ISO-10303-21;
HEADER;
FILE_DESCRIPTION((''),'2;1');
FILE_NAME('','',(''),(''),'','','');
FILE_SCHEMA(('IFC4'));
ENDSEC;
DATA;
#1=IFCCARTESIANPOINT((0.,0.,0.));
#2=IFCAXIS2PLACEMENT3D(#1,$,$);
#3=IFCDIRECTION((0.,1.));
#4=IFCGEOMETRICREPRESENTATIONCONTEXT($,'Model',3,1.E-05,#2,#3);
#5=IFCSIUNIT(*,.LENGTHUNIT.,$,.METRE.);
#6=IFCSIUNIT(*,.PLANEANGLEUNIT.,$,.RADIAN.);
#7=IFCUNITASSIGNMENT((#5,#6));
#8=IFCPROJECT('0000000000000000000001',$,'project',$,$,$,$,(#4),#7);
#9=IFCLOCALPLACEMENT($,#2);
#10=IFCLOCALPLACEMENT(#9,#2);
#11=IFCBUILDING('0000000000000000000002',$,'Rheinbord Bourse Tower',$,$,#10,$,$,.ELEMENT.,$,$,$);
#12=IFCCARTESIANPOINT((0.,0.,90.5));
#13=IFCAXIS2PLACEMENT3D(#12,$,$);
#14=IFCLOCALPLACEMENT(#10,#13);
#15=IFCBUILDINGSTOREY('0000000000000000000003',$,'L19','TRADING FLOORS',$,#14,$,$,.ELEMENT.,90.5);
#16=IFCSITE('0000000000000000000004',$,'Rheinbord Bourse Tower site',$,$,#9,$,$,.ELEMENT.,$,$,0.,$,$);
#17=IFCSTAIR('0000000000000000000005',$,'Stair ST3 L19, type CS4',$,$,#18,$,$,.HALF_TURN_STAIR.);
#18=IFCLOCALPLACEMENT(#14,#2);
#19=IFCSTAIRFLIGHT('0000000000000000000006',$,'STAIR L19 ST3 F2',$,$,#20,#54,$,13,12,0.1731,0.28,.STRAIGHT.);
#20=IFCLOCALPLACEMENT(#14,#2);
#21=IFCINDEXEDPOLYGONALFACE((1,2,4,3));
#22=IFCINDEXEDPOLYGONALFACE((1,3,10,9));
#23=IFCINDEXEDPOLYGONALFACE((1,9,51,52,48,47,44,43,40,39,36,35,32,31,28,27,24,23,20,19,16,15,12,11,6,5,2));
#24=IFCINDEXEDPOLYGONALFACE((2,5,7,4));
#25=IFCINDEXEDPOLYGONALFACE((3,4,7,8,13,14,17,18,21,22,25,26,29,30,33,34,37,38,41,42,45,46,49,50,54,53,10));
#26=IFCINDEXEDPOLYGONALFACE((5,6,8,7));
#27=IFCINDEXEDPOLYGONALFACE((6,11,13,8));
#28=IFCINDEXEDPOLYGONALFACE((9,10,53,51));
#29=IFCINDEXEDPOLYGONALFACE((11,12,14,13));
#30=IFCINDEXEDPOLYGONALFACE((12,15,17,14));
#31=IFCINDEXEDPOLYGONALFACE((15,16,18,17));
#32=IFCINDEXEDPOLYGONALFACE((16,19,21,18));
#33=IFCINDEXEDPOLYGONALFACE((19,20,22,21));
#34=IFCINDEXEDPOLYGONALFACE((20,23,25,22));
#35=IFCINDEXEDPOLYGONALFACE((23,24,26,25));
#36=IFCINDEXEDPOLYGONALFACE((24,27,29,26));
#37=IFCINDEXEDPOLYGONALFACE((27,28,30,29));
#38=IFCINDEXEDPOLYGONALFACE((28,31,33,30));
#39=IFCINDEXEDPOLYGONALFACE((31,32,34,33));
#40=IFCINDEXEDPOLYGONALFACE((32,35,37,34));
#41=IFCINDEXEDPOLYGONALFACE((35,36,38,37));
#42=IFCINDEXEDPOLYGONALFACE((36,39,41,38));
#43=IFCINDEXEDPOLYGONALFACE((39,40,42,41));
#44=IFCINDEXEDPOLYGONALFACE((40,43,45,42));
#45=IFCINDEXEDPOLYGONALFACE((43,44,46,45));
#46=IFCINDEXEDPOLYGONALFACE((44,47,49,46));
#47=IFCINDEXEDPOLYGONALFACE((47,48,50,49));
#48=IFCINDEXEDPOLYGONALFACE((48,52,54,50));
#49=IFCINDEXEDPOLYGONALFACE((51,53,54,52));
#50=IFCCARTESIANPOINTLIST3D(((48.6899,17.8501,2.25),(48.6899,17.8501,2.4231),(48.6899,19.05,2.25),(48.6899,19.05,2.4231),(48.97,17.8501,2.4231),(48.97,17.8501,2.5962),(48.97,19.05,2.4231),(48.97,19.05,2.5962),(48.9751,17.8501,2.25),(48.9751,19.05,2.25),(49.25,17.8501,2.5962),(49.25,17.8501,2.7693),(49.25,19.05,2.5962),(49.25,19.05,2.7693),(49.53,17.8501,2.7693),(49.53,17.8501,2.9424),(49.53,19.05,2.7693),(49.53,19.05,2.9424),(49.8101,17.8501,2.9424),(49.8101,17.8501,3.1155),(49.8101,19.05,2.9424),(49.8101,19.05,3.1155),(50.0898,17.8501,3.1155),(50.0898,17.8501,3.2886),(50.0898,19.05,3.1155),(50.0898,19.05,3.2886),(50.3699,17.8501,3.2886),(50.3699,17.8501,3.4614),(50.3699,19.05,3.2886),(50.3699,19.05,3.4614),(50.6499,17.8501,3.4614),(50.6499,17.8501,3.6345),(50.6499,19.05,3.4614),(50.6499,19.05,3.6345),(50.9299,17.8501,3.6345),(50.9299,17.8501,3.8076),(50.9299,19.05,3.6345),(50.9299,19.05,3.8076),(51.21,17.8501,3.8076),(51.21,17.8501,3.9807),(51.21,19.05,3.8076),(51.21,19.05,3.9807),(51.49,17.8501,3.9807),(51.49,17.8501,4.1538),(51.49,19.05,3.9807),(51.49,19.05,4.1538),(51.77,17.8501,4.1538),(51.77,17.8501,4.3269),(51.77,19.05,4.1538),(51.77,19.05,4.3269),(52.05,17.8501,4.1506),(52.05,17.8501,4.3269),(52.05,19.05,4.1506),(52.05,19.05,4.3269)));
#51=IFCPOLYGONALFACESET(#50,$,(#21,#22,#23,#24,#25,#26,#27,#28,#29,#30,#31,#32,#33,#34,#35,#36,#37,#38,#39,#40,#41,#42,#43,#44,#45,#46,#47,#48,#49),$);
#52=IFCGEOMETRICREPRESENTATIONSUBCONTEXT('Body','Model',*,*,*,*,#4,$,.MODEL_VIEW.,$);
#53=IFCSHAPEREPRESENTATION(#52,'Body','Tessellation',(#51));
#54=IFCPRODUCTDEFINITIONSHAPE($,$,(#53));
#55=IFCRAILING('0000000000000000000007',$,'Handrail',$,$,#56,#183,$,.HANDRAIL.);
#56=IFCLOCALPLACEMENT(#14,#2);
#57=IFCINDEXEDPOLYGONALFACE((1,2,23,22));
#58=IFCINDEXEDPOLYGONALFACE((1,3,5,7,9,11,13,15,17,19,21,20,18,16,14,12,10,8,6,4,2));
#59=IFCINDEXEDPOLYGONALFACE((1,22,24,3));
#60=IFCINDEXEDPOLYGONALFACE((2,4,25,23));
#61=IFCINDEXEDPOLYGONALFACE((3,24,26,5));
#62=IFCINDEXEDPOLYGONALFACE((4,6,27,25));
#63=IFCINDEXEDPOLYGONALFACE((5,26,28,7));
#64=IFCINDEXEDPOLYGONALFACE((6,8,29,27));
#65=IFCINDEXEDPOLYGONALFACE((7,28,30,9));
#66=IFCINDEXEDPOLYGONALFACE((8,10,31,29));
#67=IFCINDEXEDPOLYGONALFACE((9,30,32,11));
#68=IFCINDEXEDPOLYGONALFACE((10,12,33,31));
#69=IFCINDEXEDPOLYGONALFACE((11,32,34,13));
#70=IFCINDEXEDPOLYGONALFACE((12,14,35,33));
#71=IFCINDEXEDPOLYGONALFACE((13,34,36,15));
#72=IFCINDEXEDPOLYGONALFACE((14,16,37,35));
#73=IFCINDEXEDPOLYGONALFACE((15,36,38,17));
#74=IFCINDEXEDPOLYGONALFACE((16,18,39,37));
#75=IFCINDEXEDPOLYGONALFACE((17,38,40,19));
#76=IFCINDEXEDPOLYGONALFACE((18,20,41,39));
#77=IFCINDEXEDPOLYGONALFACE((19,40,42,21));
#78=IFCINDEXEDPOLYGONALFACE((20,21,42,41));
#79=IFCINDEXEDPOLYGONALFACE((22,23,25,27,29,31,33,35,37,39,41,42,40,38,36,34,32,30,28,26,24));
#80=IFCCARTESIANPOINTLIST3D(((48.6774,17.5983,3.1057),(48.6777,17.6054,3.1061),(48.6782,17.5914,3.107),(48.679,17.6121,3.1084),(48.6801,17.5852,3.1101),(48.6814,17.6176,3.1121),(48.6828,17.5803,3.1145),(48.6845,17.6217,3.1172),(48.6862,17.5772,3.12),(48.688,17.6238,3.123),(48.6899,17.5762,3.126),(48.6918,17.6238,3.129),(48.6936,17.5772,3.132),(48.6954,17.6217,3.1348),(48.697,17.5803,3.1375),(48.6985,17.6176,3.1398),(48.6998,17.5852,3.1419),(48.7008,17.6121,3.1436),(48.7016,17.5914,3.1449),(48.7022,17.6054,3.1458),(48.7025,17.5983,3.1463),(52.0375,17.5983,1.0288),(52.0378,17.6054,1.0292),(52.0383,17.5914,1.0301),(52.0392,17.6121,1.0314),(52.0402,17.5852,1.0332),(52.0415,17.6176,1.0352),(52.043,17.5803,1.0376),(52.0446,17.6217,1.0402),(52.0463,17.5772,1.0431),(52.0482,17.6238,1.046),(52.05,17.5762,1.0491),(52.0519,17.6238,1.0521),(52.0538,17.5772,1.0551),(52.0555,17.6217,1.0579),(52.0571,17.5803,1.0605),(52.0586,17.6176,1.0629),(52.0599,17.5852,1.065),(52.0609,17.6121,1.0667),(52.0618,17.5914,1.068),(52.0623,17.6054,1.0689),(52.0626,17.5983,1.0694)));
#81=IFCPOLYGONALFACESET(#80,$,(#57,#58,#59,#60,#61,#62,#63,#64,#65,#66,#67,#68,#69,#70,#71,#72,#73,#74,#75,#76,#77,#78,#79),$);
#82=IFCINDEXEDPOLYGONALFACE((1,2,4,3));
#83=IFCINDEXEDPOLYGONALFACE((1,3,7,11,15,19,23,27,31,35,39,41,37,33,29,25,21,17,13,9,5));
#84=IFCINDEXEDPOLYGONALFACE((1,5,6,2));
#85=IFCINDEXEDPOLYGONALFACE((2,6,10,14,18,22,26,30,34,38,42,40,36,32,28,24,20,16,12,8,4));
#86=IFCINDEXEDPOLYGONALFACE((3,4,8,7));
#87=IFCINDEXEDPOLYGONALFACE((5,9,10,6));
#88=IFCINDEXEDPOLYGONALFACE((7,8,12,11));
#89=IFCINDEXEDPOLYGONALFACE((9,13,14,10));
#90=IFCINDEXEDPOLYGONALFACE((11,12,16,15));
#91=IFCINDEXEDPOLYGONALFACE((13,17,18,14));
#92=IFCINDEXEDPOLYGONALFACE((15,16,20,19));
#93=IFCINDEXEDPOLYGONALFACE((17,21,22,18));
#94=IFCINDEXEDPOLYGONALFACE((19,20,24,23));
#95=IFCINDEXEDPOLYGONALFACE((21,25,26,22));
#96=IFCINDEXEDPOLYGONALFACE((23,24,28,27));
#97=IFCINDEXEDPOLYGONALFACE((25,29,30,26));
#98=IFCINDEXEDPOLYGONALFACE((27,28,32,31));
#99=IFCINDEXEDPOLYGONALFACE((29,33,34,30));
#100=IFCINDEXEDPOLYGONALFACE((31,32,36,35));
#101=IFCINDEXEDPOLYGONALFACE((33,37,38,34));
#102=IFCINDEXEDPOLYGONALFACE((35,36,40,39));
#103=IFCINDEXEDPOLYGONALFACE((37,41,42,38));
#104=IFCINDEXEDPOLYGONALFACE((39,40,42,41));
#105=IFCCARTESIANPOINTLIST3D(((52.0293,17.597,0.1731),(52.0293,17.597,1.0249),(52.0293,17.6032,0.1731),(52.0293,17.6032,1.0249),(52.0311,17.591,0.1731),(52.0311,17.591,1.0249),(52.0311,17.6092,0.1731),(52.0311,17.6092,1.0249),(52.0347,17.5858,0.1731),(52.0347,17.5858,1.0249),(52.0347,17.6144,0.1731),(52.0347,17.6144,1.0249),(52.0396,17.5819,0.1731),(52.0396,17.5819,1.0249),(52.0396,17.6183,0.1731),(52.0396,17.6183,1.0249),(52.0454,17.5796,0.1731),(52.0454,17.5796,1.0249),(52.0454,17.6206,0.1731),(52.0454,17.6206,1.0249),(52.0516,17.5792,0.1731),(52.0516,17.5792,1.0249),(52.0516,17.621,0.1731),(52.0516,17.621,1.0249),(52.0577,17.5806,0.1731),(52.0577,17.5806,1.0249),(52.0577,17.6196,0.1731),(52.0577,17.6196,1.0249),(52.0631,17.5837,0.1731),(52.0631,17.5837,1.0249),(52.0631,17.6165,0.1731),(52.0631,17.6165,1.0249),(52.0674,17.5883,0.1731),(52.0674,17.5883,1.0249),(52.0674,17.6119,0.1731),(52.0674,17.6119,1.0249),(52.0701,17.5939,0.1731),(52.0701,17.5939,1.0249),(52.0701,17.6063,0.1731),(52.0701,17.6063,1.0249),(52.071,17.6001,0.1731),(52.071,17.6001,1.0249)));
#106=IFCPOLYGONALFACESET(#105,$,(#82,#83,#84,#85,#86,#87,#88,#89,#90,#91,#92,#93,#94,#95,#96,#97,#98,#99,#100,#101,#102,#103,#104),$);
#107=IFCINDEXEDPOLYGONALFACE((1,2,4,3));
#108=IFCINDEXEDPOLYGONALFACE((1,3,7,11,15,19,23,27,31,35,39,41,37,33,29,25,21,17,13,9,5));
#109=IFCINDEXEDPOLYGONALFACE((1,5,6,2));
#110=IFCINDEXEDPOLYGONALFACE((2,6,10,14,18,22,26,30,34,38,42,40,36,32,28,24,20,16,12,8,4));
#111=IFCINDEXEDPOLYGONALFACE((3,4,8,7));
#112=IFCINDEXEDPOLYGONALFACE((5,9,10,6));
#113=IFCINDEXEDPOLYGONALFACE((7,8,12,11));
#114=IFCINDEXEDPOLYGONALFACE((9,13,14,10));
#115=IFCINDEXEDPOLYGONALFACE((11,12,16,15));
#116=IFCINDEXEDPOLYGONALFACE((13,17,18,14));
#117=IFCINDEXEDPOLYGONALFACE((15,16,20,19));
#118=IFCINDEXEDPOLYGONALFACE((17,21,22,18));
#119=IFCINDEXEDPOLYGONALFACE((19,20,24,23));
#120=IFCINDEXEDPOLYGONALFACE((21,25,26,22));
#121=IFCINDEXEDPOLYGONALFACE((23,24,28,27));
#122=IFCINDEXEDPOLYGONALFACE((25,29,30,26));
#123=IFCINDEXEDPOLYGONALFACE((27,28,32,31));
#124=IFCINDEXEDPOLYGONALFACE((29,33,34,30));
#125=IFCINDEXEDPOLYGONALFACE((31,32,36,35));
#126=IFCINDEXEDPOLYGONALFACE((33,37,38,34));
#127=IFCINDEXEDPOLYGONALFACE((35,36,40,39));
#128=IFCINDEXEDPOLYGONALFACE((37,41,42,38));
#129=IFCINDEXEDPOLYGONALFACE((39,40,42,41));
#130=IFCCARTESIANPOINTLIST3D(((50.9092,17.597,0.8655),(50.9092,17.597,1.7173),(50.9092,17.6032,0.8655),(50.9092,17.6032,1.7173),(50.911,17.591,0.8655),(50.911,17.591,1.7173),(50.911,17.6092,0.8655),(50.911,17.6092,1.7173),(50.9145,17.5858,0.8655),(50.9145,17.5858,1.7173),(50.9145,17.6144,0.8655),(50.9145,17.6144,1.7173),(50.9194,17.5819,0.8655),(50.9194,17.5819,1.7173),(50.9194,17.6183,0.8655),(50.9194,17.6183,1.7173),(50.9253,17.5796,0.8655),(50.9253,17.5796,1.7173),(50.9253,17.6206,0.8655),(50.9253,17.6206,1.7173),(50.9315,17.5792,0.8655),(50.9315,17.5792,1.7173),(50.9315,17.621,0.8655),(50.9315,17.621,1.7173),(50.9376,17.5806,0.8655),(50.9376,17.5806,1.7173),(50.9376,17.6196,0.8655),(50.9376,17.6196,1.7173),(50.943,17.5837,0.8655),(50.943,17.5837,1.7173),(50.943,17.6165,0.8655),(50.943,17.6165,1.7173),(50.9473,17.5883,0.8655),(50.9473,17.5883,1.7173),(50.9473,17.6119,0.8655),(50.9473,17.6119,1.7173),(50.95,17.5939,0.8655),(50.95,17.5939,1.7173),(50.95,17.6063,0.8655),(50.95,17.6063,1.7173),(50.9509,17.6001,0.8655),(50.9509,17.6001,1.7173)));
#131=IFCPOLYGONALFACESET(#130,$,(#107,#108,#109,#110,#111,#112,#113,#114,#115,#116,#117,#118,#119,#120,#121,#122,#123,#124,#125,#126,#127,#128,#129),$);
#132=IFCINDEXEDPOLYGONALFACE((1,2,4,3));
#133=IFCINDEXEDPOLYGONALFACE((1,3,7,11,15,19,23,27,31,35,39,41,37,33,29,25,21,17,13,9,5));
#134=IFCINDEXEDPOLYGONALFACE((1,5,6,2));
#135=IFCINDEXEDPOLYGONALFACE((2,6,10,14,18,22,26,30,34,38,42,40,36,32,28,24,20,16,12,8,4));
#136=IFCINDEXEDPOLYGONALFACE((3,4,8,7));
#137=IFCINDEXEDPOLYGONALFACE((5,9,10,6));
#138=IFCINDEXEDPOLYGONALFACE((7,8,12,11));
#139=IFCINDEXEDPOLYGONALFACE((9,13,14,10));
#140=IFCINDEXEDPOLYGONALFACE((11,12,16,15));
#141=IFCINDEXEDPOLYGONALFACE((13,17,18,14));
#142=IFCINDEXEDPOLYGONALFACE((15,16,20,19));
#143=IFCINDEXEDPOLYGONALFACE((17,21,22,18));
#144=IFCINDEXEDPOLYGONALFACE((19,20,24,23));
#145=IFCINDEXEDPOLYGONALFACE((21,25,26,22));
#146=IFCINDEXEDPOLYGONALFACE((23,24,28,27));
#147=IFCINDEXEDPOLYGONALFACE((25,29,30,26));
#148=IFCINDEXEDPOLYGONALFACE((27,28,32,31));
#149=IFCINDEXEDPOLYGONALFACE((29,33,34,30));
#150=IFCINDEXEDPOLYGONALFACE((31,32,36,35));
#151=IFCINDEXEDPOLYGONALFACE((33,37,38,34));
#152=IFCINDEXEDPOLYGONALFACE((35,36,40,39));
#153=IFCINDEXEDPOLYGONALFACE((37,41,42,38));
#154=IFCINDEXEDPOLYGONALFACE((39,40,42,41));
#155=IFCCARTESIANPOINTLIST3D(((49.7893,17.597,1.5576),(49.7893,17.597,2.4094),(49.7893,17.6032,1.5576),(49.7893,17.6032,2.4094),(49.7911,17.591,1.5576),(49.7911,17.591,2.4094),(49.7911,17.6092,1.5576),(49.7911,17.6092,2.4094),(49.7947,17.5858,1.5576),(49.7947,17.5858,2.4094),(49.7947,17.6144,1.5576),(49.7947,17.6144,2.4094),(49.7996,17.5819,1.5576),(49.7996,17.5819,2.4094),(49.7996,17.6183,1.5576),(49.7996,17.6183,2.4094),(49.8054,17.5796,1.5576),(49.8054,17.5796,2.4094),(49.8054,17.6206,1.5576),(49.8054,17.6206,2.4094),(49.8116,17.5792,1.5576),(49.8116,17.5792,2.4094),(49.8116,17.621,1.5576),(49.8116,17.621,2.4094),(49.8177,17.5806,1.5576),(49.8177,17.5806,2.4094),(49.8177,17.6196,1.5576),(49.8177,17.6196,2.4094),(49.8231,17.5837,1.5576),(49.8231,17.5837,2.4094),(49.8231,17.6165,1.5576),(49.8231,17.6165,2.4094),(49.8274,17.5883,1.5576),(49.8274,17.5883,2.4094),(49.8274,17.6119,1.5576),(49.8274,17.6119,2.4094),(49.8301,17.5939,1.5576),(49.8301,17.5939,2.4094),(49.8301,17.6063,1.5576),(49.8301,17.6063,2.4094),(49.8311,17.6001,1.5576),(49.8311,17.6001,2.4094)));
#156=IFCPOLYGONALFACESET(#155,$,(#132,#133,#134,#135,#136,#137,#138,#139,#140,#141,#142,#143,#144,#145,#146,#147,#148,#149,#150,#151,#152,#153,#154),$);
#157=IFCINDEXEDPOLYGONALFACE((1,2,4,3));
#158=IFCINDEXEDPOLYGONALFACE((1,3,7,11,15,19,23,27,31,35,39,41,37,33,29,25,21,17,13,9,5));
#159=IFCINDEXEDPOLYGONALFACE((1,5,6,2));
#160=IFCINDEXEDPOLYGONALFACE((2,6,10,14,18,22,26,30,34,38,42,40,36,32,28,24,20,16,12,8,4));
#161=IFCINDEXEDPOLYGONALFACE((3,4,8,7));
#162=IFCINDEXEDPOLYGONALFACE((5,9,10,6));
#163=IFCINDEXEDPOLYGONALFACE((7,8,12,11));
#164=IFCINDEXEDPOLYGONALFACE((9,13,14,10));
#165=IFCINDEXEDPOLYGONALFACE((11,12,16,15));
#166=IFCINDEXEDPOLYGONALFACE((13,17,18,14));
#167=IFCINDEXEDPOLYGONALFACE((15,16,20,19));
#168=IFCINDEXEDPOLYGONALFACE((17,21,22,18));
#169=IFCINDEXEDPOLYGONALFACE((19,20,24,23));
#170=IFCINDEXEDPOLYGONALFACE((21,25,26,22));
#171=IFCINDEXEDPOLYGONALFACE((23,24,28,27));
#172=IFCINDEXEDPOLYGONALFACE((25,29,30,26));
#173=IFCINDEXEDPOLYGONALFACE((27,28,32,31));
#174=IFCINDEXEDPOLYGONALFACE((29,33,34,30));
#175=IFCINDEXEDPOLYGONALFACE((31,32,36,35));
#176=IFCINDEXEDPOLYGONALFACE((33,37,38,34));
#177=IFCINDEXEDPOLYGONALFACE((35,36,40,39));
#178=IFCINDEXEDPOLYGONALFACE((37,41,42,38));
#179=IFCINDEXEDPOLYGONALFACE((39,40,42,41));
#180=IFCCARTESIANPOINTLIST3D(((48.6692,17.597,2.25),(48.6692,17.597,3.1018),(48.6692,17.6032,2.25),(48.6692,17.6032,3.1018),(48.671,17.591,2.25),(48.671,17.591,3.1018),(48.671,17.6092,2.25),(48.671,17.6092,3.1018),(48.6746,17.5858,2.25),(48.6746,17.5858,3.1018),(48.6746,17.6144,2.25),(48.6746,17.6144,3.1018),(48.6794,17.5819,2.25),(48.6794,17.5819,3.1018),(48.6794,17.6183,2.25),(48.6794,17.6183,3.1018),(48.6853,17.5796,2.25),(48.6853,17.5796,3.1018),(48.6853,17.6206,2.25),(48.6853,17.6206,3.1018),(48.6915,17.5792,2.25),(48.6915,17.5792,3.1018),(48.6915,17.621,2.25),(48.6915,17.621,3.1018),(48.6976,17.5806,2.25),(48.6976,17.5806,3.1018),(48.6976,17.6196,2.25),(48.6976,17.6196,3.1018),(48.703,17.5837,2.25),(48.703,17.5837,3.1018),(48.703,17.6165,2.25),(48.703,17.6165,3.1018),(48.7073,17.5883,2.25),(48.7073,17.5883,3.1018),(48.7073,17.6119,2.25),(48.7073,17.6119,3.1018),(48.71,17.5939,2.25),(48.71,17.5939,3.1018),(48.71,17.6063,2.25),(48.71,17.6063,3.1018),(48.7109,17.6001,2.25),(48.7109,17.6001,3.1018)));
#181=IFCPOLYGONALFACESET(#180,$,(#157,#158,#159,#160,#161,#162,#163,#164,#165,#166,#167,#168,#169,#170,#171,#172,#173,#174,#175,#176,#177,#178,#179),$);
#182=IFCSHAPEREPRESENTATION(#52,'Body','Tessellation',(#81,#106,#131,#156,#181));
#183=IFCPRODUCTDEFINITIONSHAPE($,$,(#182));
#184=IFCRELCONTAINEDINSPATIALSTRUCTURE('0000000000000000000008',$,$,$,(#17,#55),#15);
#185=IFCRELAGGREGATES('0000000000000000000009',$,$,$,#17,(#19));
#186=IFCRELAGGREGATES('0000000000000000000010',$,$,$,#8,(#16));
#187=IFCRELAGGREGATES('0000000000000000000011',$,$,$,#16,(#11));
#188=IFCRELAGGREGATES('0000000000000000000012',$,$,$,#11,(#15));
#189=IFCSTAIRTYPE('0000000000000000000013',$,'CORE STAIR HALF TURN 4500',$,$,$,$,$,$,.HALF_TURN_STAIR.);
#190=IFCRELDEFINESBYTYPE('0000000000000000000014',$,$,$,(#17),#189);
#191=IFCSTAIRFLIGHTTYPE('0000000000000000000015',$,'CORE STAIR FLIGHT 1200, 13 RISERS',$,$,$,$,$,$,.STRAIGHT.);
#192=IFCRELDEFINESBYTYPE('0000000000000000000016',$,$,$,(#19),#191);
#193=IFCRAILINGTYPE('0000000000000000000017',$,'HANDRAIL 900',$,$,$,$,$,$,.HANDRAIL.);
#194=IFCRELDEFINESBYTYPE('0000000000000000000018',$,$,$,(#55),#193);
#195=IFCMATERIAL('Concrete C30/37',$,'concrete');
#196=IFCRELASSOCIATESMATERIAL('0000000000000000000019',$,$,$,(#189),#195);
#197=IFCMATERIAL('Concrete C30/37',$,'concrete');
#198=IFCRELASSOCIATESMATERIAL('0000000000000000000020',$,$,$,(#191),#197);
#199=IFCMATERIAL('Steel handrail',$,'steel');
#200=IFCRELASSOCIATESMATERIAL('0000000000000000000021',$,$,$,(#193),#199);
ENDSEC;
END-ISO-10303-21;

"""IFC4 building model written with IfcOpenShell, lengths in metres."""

from ifc_helpers import new_model, si_unit, direction, frame, origin, origin_2d, place, context, subcontext, project, spatial, polyline, circle, outline, extrude, material, type_object, element, aggregate, save


model = new_model("IFC4")

# Units and contexts
model_context = context("Model", 3, precision=1e-05, world=origin(), true_north=direction((0.0, 1.0)))
body_context = subcontext(model_context, "Body", "Model", "MODEL_VIEW")
ifc_project = project(units=[si_unit("LENGTHUNIT", "METRE"), si_unit("PLANEANGLEUNIT", "RADIAN")], contexts=[model_context])

# Site, building, storey
site_placement = place(None, origin())
site = spatial("IfcSite", under=ifc_project, at=site_placement, Name="Rheinbord Bourse Tower site", CompositionType="ELEMENT", RefElevation=0.0)
building_placement = place(site_placement, origin())
building = spatial("IfcBuilding", under=site, at=building_placement, Name="Rheinbord Bourse Tower", CompositionType="ELEMENT")
storey_placement = place(building_placement, frame((0.0, 0.0, 90.5)))
storey = spatial("IfcBuildingStorey", under=building, at=storey_placement, Name="L19", Description="TRADING FLOORS", CompositionType="ELEMENT", Elevation=90.5)

# Stair, stair flight
ifc_material_1 = material(Name="Concrete C30/37", Category="concrete")
stair_type = type_object("IfcStairType", Name="CORE STAIR HALF TURN 4500", PredefinedType="HALF_TURN_STAIR", material=ifc_material_1)
stair_placement = place(storey_placement, origin())
stair = element("IfcStair", 1, at=stair_placement, inside=storey, type_object=stair_type, Name="Stair ST3 L19, type CS4", PredefinedType="HALF_TURN_STAIR")
ifc_material_2 = material(Name="Concrete C30/37", Category="concrete")
stair_flight_type = type_object("IfcStairFlightType", Name="CORE STAIR FLIGHT 1200, 13 RISERS", PredefinedType="STRAIGHT", material=ifc_material_2)
stair_flight_1_placement = place(storey_placement, frame((48.6899, 18.45, 2.25), z_axis=(0.0, 0.0, 1.0), x_axis=(1.0, 0.0, 0.0)))
stair_flight_1 = element("IfcStairFlight", 2, at=stair_flight_1_placement, type_object=stair_flight_type, Name="STAIR L19 ST3 F2", NumberOfRisers=13, NumberOfTreads=12, PredefinedType="STRAIGHT", RiserHeight=0.1731, TreadLength=0.28, context=body_context, shape_type="SweptSolid", body=[
    extrude(outline(polyline([(0.0, 0.0), (0.0, 0.1731), (0.28, 0.1731), (0.28, 0.3462), (0.5601, 0.3462), (0.5601, 0.5193), (0.8401, 0.5193), (0.8401, 0.6924), (1.1201, 0.6924), (1.1201, 0.8655), (1.3999, 0.8655), (1.3999, 1.0386), (1.6799, 1.0386), (1.6799, 1.2114), (1.96, 1.2114), (1.96, 1.3845), (2.24, 1.3845), (2.24, 1.5576), (2.52, 1.5576), (2.52, 1.7307), (2.8, 1.7307), (2.8, 1.9038), (3.0801, 1.9038), (3.0801, 2.0769), (3.3601, 2.0769), (3.3601, 2.25), (3.3601, 1.9006), (0.2852, 0.0), (0.0, 0.0)])), frame((0.0, 0.6001, 0.0), z_axis=(0.0, -1.0, 0.0), x_axis=(1.0, 0.0, 0.0)), (0.0, 0.0, 1.0), 1.2),
])
aggregate(stair, [stair_flight_1])

# Railing
ifc_material_3 = material(Name="Steel handrail", Category="steel")
railing_type = type_object("IfcRailingType", Name="HANDRAIL 900", PredefinedType="HANDRAIL", material=ifc_material_3)
railing_1_placement = place(storey_placement, frame((52.05, 17.6001, 0.1731)))
element("IfcRailing", 3, at=railing_1_placement, inside=storey, type_object=railing_type, Name="Handrail", PredefinedType="HANDRAIL", context=body_context, shape_type="SweptSolid", body=[
    extrude(circle(Radius=0.0239, at=origin_2d()), frame((0.0, 0.0, 0.876), z_axis=(-0.850623, 0.0, 0.525776), x_axis=(0.0, -1.0, 0.0)), (0.0, 0.0, 1.0), 3.9502),
    extrude(circle(Radius=0.021, at=origin_2d()), origin(), (0.0, 0.0, 1.0), 0.8518),
    extrude(circle(Radius=0.021, at=origin_2d()), frame((-1.1201, 0.0, 0.6924)), (0.0, 0.0, 1.0), 0.8518),
    extrude(circle(Radius=0.021, at=origin_2d()), frame((-2.24, 0.0, 1.3845)), (0.0, 0.0, 1.0), 0.8518),
    extrude(circle(Radius=0.021, at=origin_2d()), frame((-3.3601, 0.0, 2.0769)), (0.0, 0.0, 1.0), 0.8518),
])

save(model, "model.ifc")
